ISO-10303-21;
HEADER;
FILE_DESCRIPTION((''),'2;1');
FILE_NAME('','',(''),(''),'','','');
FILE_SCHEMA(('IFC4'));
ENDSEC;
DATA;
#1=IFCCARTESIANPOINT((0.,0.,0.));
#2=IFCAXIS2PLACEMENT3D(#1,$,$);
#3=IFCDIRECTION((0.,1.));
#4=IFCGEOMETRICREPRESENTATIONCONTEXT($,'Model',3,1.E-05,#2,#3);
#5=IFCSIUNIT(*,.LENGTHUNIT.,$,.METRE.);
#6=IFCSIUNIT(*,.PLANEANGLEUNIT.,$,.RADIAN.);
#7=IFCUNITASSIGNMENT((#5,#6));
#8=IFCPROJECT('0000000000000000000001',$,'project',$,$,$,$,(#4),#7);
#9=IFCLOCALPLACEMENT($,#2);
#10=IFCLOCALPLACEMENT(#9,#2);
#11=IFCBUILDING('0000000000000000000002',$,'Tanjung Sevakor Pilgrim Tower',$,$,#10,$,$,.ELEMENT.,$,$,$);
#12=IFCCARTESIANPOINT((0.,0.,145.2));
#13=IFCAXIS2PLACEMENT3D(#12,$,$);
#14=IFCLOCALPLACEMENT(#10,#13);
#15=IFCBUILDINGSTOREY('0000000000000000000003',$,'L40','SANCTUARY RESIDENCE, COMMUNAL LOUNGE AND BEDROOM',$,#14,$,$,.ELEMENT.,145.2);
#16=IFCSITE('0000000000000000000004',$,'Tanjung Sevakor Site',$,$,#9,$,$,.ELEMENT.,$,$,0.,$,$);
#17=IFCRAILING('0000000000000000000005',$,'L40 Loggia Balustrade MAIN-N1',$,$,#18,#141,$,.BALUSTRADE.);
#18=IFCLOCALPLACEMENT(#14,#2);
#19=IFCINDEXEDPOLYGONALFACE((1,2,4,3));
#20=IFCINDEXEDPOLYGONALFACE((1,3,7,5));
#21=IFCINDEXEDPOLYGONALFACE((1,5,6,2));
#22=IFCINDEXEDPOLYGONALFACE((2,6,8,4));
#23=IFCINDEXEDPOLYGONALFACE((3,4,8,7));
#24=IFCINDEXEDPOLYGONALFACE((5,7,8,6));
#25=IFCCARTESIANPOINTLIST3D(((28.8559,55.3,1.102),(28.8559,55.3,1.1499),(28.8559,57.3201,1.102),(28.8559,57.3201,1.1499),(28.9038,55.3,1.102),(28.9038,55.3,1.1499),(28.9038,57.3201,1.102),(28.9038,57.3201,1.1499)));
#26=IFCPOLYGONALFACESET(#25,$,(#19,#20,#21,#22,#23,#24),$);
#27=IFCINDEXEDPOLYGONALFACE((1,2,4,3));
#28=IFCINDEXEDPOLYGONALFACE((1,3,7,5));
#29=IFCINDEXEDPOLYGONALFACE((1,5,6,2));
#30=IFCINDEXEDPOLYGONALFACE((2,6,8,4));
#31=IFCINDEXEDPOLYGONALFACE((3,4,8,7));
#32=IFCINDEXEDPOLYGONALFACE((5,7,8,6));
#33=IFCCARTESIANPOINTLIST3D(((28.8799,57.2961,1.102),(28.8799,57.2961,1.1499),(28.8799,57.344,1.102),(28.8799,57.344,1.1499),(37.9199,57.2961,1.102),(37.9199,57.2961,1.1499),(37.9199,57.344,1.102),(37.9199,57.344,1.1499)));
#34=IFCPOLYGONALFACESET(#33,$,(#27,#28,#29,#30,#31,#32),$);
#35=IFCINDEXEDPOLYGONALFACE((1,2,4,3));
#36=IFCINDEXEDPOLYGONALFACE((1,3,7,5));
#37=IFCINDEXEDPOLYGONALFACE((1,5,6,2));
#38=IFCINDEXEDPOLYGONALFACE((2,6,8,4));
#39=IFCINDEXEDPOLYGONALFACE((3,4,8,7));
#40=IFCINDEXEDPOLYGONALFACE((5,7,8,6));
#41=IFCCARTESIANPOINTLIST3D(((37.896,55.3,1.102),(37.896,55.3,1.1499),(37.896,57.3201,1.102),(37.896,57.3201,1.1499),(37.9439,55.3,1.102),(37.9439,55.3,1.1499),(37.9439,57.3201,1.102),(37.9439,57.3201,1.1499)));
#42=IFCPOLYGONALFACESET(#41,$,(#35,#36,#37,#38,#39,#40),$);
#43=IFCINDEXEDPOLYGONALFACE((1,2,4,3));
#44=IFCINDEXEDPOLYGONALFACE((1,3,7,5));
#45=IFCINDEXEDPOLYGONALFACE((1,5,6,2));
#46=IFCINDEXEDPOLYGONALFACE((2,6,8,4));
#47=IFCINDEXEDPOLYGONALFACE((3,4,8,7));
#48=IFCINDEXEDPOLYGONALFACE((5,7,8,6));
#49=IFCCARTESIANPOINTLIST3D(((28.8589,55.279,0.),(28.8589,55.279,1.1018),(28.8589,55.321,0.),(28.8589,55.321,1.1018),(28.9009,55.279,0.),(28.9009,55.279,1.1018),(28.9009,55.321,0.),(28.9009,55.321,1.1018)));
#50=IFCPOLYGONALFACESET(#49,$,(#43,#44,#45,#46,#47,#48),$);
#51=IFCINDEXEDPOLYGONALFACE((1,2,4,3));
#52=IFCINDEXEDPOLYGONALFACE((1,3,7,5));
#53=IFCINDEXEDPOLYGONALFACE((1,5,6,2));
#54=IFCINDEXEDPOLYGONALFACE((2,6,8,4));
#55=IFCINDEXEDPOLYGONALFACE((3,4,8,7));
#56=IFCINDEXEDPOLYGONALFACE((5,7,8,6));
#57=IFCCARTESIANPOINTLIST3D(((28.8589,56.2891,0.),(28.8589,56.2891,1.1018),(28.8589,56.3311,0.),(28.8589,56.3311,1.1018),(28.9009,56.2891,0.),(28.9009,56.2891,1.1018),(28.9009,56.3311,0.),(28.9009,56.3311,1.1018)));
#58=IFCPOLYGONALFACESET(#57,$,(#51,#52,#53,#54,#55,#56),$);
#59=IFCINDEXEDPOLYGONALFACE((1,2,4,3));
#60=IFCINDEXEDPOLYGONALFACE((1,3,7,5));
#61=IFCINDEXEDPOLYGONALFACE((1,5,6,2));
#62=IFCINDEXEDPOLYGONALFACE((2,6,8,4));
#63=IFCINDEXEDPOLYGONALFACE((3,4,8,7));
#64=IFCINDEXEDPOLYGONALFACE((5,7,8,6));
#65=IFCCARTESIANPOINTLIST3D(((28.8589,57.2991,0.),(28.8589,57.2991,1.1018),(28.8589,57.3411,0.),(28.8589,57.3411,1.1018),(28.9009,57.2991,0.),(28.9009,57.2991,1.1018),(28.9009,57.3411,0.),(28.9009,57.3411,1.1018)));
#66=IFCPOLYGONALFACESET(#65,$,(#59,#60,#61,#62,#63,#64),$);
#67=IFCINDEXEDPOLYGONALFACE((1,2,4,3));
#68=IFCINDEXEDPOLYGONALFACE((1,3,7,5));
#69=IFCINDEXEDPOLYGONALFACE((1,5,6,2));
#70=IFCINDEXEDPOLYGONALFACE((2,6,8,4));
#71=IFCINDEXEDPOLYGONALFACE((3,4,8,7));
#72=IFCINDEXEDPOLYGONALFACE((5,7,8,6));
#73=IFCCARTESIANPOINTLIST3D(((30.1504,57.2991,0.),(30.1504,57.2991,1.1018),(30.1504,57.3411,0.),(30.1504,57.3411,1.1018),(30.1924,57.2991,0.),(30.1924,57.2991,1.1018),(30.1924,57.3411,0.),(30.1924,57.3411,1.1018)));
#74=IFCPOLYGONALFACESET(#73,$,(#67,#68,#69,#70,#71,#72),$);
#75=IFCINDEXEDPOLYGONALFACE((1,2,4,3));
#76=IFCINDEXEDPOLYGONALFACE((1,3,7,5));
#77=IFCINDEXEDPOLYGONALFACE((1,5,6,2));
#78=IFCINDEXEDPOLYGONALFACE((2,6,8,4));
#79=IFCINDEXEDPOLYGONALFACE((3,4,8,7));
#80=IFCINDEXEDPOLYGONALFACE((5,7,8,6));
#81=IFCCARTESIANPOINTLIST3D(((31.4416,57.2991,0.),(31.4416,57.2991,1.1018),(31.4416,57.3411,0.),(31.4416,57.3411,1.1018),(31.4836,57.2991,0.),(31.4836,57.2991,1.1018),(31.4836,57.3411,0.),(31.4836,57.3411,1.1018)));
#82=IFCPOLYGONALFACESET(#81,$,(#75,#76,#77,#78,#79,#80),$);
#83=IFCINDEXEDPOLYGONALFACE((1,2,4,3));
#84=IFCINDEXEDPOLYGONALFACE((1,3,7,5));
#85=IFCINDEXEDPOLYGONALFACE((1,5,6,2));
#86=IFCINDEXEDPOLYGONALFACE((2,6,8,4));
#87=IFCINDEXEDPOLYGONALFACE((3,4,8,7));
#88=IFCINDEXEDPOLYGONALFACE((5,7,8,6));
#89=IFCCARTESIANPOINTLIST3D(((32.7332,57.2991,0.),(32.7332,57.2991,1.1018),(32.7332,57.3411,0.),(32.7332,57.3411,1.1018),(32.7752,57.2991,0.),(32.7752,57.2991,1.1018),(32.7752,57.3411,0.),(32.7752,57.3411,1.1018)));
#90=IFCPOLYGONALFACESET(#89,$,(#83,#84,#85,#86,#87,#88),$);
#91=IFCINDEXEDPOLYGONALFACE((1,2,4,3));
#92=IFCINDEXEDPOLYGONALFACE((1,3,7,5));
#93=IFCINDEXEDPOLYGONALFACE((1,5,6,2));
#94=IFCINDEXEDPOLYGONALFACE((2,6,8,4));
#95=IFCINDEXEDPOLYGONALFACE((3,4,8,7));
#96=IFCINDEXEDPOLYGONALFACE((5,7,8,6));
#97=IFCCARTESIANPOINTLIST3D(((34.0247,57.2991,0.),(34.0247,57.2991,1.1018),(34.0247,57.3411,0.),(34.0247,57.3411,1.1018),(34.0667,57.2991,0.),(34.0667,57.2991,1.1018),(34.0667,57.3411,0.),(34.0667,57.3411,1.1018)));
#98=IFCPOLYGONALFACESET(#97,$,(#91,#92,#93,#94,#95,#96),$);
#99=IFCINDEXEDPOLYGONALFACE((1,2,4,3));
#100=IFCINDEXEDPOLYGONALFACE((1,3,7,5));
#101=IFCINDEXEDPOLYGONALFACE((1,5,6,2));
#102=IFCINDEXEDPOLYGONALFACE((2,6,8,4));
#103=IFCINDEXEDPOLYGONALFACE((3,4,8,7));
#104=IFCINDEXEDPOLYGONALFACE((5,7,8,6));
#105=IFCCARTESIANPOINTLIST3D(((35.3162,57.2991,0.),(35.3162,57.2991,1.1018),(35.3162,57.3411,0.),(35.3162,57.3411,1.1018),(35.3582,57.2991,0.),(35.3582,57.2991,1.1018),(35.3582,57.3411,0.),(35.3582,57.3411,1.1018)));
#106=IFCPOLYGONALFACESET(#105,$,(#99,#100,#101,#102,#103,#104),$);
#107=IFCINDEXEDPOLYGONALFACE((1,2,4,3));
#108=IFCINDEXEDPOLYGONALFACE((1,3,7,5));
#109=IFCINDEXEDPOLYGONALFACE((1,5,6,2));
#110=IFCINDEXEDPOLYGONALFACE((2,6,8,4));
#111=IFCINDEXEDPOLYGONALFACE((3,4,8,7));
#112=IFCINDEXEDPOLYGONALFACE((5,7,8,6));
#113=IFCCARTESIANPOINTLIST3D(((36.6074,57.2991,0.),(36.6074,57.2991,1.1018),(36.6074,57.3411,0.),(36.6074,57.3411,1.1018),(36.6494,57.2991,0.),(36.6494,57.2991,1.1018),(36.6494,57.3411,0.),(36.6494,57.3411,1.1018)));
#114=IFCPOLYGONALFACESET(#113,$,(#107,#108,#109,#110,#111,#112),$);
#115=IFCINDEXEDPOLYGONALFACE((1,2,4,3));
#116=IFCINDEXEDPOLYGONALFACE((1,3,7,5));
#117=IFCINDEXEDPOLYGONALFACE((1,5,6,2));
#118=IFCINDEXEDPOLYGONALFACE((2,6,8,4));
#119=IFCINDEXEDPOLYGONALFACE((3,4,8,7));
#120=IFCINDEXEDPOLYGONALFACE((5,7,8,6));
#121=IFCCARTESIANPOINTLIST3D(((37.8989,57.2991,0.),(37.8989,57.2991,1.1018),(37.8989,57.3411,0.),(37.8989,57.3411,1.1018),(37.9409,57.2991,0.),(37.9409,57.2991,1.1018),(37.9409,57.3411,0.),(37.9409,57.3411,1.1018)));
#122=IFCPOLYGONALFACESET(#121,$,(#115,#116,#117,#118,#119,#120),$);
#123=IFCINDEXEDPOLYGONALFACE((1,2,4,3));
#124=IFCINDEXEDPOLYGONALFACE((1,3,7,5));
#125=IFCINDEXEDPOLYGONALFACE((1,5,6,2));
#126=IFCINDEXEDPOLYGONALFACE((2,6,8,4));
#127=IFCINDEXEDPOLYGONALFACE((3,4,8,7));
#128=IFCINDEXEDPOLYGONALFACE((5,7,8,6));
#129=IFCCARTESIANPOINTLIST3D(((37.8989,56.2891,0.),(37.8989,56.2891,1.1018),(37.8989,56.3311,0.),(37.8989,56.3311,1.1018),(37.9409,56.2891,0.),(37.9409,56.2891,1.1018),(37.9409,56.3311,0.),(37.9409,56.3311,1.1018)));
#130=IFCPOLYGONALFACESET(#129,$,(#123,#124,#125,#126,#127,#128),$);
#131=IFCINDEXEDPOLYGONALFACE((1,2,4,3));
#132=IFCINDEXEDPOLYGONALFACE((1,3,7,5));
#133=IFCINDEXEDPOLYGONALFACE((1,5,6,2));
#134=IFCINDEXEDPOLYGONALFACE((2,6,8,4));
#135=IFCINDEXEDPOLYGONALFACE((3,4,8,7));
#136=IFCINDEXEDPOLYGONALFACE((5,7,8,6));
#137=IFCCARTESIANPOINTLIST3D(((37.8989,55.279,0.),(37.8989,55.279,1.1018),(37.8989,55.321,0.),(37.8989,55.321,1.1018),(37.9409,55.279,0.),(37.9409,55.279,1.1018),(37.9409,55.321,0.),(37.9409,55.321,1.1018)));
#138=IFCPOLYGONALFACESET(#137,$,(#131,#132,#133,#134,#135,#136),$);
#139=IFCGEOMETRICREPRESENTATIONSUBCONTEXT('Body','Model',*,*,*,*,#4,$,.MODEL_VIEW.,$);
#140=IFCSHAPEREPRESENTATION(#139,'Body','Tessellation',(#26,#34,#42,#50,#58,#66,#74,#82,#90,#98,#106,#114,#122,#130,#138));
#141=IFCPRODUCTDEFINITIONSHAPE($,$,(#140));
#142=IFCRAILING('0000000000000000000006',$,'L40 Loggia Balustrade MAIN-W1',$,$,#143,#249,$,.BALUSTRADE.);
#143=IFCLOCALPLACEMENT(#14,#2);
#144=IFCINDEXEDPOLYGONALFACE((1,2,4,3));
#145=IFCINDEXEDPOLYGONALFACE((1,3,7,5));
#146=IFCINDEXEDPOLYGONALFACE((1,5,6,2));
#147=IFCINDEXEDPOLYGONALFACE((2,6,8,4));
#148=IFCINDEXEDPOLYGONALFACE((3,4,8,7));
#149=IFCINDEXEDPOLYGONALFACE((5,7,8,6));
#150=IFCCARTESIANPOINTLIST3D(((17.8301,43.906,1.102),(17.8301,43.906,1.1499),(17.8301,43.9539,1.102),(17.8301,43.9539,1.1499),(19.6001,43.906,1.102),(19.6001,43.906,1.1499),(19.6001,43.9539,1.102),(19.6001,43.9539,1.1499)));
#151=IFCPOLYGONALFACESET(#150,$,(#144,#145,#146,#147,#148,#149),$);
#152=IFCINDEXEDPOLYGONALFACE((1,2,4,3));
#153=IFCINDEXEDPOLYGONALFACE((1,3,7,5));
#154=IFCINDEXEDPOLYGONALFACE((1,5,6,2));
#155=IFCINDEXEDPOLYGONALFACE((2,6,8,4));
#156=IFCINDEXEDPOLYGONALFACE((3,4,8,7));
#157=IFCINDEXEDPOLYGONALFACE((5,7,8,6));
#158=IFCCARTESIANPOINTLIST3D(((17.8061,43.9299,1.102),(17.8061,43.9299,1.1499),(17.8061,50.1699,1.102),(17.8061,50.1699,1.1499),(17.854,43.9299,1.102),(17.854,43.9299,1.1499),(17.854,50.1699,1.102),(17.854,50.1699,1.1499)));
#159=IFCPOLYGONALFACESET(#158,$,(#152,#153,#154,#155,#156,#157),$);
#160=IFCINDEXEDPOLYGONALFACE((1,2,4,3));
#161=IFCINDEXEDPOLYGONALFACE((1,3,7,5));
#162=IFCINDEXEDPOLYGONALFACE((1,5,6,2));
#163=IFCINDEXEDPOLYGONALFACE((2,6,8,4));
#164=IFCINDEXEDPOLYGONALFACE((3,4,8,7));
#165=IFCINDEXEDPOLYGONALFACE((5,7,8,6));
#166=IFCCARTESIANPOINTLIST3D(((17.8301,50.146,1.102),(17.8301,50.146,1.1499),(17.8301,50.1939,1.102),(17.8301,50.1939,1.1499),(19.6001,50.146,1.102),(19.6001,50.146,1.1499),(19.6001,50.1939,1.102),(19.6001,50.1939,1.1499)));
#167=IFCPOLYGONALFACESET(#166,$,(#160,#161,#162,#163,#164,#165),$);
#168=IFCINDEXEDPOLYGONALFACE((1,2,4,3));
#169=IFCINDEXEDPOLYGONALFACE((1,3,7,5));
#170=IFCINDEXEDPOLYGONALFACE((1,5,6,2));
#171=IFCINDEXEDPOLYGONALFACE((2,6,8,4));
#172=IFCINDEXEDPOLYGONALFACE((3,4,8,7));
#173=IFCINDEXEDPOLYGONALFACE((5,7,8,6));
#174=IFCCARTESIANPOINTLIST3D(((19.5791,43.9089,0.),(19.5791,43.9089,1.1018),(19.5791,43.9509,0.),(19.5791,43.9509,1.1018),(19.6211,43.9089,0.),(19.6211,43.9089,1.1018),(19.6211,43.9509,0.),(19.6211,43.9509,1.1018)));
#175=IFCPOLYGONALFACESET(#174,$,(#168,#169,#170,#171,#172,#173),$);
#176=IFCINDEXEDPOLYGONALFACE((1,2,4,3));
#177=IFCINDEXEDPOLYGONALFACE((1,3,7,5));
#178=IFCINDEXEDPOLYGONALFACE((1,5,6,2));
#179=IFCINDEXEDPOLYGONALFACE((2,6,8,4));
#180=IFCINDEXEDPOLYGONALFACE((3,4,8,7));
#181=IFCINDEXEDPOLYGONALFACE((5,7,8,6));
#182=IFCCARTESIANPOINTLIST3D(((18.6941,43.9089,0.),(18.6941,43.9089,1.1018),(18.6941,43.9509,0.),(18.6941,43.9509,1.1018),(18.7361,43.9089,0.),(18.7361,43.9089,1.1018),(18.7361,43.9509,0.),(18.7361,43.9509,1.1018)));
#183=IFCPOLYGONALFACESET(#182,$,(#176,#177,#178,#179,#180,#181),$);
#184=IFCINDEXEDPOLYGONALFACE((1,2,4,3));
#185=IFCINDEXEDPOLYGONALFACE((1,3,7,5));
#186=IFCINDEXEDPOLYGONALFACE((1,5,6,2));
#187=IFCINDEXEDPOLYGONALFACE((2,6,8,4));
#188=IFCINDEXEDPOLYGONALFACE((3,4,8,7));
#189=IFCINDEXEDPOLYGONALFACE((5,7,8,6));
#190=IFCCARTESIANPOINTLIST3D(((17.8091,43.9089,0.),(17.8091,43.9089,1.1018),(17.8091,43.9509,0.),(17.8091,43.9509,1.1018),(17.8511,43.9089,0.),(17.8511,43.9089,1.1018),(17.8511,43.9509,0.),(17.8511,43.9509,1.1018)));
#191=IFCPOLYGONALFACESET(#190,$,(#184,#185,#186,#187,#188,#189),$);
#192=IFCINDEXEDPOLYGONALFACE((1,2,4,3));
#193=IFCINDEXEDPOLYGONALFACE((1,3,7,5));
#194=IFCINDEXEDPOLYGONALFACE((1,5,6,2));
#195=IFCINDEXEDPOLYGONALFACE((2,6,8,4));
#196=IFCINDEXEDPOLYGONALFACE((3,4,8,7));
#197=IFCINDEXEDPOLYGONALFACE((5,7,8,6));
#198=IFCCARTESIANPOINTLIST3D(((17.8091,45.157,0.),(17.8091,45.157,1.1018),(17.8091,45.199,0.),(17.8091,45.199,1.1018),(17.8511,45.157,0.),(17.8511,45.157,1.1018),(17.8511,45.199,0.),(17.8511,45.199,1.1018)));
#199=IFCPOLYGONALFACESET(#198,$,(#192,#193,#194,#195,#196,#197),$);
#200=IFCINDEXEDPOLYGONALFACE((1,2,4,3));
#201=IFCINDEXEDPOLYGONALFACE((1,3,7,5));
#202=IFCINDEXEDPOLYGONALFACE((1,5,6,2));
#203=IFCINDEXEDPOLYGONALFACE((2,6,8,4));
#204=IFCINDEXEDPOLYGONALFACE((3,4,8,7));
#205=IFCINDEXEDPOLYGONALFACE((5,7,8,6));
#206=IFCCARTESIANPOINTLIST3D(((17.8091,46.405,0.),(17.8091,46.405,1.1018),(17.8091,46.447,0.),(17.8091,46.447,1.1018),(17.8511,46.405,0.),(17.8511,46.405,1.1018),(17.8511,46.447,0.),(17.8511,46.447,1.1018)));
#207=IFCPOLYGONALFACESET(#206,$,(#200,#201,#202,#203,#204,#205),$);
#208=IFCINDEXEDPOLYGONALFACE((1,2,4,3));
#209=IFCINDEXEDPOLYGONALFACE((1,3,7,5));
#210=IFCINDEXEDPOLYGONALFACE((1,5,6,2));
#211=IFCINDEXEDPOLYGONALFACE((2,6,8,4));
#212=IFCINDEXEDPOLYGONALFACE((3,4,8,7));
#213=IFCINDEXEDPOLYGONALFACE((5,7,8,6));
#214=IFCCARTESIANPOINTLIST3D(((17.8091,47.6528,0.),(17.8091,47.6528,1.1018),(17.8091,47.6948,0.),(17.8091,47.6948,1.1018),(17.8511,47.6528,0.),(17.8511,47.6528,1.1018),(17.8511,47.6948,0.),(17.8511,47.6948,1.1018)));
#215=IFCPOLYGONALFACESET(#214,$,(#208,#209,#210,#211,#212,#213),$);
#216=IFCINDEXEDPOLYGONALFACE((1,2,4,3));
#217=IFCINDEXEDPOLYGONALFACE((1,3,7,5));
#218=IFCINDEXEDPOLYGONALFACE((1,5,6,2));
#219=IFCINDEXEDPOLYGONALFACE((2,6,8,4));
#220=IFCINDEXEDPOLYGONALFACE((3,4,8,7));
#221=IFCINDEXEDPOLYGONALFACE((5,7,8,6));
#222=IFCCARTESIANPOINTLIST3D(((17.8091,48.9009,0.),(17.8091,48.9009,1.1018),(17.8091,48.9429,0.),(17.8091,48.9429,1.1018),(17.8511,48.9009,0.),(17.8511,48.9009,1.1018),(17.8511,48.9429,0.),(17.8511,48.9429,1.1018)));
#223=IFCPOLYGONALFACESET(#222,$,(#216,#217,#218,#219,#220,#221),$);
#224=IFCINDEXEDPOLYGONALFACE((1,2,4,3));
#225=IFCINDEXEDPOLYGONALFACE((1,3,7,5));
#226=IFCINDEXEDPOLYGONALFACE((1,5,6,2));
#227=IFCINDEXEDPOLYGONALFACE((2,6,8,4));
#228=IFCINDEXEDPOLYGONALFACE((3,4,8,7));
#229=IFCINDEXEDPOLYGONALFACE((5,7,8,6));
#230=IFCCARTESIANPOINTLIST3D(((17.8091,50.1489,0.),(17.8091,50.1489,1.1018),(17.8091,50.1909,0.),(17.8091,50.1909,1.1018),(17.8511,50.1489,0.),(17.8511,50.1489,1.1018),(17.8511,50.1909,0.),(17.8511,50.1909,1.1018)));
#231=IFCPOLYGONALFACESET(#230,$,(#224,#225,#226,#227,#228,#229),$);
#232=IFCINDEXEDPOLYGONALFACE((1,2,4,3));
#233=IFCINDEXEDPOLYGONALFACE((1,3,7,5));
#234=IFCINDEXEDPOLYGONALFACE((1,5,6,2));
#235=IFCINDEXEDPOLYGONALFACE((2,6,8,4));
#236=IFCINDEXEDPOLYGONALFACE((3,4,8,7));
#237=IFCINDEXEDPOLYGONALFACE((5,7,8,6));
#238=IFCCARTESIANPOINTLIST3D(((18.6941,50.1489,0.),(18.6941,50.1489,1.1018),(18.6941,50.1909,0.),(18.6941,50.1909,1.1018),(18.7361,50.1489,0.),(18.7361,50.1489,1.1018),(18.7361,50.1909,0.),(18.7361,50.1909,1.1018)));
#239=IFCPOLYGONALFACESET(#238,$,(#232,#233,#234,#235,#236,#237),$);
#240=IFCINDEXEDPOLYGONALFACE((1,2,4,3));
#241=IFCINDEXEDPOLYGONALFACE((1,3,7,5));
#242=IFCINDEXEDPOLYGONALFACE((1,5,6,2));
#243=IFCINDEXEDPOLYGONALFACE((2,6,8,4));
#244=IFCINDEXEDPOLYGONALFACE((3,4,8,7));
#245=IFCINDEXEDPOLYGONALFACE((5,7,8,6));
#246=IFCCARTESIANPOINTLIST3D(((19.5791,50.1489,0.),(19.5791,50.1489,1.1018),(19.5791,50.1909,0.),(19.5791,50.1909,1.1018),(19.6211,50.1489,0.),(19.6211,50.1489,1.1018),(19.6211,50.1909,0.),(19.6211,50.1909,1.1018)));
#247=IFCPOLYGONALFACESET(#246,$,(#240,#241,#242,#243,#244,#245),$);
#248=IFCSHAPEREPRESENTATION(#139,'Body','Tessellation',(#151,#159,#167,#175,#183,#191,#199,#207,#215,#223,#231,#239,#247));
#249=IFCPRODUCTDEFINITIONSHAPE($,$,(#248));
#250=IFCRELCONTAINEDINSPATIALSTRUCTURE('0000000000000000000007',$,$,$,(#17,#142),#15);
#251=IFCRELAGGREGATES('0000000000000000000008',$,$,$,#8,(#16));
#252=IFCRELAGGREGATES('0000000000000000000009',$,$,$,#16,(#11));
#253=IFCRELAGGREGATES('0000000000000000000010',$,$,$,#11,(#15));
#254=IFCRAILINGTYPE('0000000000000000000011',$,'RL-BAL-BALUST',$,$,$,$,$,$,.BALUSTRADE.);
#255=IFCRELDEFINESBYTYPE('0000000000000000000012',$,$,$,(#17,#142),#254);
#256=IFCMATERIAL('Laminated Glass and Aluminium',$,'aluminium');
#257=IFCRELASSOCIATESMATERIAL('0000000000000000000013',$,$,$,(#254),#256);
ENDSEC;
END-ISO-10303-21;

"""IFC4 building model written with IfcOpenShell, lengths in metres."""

from ifc_helpers import new_model, si_unit, direction, frame, origin, place, context, subcontext, project, spatial, rectangle, extrude, material, type_object, element, save


model = new_model("IFC4")

# Units and contexts
model_context = context("Model", 3, precision=1e-05, world=origin(), true_north=direction((0.0, 1.0)))
body_context = subcontext(model_context, "Body", "Model", "MODEL_VIEW")
ifc_project = project(units=[si_unit("LENGTHUNIT", "METRE"), si_unit("PLANEANGLEUNIT", "RADIAN")], contexts=[model_context])

# Site, building, storey
site_placement = place(None, origin())
site = spatial("IfcSite", under=ifc_project, at=site_placement, Name="Tanjung Sevakor Site", CompositionType="ELEMENT", RefElevation=0.0)
building_placement = place(site_placement, origin())
building = spatial("IfcBuilding", under=site, at=building_placement, Name="Tanjung Sevakor Pilgrim Tower", CompositionType="ELEMENT")
storey_placement = place(building_placement, frame((0.0, 0.0, 145.2)))
storey = spatial("IfcBuildingStorey", under=building, at=storey_placement, Name="L40", Description="SANCTUARY RESIDENCE, COMMUNAL LOUNGE AND BEDROOM", CompositionType="ELEMENT", Elevation=145.2)

# Railings
ifc_material_1 = material(Name="Laminated Glass and Aluminium", Category="aluminium")
railing_type = type_object("IfcRailingType", Name="RL-BAL-BALUST", PredefinedType="BALUSTRADE", material=ifc_material_1)
railing_1_placement = place(storey_placement, frame((28.8799, 55.3, 0.0)))
element("IfcRailing", 1, at=railing_1_placement, inside=storey, type_object=railing_type, Name="L40 Loggia Balustrade MAIN-N1", PredefinedType="BALUSTRADE", context=body_context, shape_type="SweptSolid", body=[
    extrude(rectangle(XDim=0.0479, YDim=0.0479), frame((0.0, 0.0, 1.126), z_axis=(0.0, 1.0, 0.0), x_axis=(-1.0, 0.0, 0.0)), (0.0, 0.0, 1.0), 2.02),
    extrude(rectangle(XDim=0.0479, YDim=0.0479), frame((0.0, 2.02, 1.126), z_axis=(1.0, 0.0, 0.0), x_axis=(0.0, 1.0, 0.0)), (0.0, 0.0, 1.0), 9.04),
    extrude(rectangle(XDim=0.0479, YDim=0.0479), frame((9.04, 2.02, 1.126), z_axis=(0.0, -1.0, 0.0), x_axis=(1.0, 0.0, 0.0)), (0.0, 0.0, 1.0), 2.02),
    extrude(rectangle(XDim=0.042, YDim=0.042), origin(), (0.0, 0.0, 1.0), 1.1018),
    extrude(rectangle(XDim=0.042, YDim=0.042), frame((0.0, 1.01, 0.0)), (0.0, 0.0, 1.0), 1.1018),
    extrude(rectangle(XDim=0.042, YDim=0.042), frame((0.0, 2.02, 0.0)), (0.0, 0.0, 1.0), 1.1018),
    extrude(rectangle(XDim=0.042, YDim=0.042), frame((1.2915, 2.02, 0.0)), (0.0, 0.0, 1.0), 1.1018),
    extrude(rectangle(XDim=0.042, YDim=0.042), frame((2.5828, 2.02, 0.0)), (0.0, 0.0, 1.0), 1.1018),
    extrude(rectangle(XDim=0.042, YDim=0.042), frame((3.8743, 2.02, 0.0)), (0.0, 0.0, 1.0), 1.1018),
    extrude(rectangle(XDim=0.042, YDim=0.042), frame((5.1658, 2.02, 0.0)), (0.0, 0.0, 1.0), 1.1018),
    extrude(rectangle(XDim=0.042, YDim=0.042), frame((6.4573, 2.02, 0.0)), (0.0, 0.0, 1.0), 1.1018),
    extrude(rectangle(XDim=0.042, YDim=0.042), frame((7.7485, 2.02, 0.0)), (0.0, 0.0, 1.0), 1.1018),
    extrude(rectangle(XDim=0.042, YDim=0.042), frame((9.04, 2.02, 0.0)), (0.0, 0.0, 1.0), 1.1018),
    extrude(rectangle(XDim=0.042, YDim=0.042), frame((9.04, 1.01, 0.0)), (0.0, 0.0, 1.0), 1.1018),
    extrude(rectangle(XDim=0.042, YDim=0.042), frame((9.04, 0.0, 0.0)), (0.0, 0.0, 1.0), 1.1018),
])
railing_2_placement = place(storey_placement, frame((19.6001, 43.9299, 0.0)))
element("IfcRailing", 2, at=railing_2_placement, inside=storey, type_object=railing_type, Name="L40 Loggia Balustrade MAIN-W1", PredefinedType="BALUSTRADE", context=body_context, shape_type="SweptSolid", body=[
    extrude(rectangle(XDim=0.0479, YDim=0.0479), frame((0.0, 0.0, 1.126), z_axis=(-1.0, 0.0, 0.0), x_axis=(0.0, -1.0, 0.0)), (0.0, 0.0, 1.0), 1.77),
    extrude(rectangle(XDim=0.0479, YDim=0.0479), frame((-1.77, 0.0, 1.126), z_axis=(0.0, 1.0, 0.0), x_axis=(-1.0, 0.0, 0.0)), (0.0, 0.0, 1.0), 6.24),
    extrude(rectangle(XDim=0.0479, YDim=0.0479), frame((-1.77, 6.24, 1.126), z_axis=(1.0, 0.0, 0.0), x_axis=(0.0, 1.0, 0.0)), (0.0, 0.0, 1.0), 1.77),
    extrude(rectangle(XDim=0.042, YDim=0.042), origin(), (0.0, 0.0, 1.0), 1.1018),
    extrude(rectangle(XDim=0.042, YDim=0.042), frame((-0.885, 0.0, 0.0)), (0.0, 0.0, 1.0), 1.1018),
    extrude(rectangle(XDim=0.042, YDim=0.042), frame((-1.77, 0.0, 0.0)), (0.0, 0.0, 1.0), 1.1018),
    extrude(rectangle(XDim=0.042, YDim=0.042), frame((-1.77, 1.248, 0.0)), (0.0, 0.0, 1.0), 1.1018),
    extrude(rectangle(XDim=0.042, YDim=0.042), frame((-1.77, 2.4961, 0.0)), (0.0, 0.0, 1.0), 1.1018),
    extrude(rectangle(XDim=0.042, YDim=0.042), frame((-1.77, 3.7439, 0.0)), (0.0, 0.0, 1.0), 1.1018),
    extrude(rectangle(XDim=0.042, YDim=0.042), frame((-1.77, 4.9919, 0.0)), (0.0, 0.0, 1.0), 1.1018),
    extrude(rectangle(XDim=0.042, YDim=0.042), frame((-1.77, 6.24, 0.0)), (0.0, 0.0, 1.0), 1.1018),
    extrude(rectangle(XDim=0.042, YDim=0.042), frame((-0.885, 6.24, 0.0)), (0.0, 0.0, 1.0), 1.1018),
    extrude(rectangle(XDim=0.042, YDim=0.042), frame((0.0, 6.24, 0.0)), (0.0, 0.0, 1.0), 1.1018),
])

save(model, "model.ifc")
